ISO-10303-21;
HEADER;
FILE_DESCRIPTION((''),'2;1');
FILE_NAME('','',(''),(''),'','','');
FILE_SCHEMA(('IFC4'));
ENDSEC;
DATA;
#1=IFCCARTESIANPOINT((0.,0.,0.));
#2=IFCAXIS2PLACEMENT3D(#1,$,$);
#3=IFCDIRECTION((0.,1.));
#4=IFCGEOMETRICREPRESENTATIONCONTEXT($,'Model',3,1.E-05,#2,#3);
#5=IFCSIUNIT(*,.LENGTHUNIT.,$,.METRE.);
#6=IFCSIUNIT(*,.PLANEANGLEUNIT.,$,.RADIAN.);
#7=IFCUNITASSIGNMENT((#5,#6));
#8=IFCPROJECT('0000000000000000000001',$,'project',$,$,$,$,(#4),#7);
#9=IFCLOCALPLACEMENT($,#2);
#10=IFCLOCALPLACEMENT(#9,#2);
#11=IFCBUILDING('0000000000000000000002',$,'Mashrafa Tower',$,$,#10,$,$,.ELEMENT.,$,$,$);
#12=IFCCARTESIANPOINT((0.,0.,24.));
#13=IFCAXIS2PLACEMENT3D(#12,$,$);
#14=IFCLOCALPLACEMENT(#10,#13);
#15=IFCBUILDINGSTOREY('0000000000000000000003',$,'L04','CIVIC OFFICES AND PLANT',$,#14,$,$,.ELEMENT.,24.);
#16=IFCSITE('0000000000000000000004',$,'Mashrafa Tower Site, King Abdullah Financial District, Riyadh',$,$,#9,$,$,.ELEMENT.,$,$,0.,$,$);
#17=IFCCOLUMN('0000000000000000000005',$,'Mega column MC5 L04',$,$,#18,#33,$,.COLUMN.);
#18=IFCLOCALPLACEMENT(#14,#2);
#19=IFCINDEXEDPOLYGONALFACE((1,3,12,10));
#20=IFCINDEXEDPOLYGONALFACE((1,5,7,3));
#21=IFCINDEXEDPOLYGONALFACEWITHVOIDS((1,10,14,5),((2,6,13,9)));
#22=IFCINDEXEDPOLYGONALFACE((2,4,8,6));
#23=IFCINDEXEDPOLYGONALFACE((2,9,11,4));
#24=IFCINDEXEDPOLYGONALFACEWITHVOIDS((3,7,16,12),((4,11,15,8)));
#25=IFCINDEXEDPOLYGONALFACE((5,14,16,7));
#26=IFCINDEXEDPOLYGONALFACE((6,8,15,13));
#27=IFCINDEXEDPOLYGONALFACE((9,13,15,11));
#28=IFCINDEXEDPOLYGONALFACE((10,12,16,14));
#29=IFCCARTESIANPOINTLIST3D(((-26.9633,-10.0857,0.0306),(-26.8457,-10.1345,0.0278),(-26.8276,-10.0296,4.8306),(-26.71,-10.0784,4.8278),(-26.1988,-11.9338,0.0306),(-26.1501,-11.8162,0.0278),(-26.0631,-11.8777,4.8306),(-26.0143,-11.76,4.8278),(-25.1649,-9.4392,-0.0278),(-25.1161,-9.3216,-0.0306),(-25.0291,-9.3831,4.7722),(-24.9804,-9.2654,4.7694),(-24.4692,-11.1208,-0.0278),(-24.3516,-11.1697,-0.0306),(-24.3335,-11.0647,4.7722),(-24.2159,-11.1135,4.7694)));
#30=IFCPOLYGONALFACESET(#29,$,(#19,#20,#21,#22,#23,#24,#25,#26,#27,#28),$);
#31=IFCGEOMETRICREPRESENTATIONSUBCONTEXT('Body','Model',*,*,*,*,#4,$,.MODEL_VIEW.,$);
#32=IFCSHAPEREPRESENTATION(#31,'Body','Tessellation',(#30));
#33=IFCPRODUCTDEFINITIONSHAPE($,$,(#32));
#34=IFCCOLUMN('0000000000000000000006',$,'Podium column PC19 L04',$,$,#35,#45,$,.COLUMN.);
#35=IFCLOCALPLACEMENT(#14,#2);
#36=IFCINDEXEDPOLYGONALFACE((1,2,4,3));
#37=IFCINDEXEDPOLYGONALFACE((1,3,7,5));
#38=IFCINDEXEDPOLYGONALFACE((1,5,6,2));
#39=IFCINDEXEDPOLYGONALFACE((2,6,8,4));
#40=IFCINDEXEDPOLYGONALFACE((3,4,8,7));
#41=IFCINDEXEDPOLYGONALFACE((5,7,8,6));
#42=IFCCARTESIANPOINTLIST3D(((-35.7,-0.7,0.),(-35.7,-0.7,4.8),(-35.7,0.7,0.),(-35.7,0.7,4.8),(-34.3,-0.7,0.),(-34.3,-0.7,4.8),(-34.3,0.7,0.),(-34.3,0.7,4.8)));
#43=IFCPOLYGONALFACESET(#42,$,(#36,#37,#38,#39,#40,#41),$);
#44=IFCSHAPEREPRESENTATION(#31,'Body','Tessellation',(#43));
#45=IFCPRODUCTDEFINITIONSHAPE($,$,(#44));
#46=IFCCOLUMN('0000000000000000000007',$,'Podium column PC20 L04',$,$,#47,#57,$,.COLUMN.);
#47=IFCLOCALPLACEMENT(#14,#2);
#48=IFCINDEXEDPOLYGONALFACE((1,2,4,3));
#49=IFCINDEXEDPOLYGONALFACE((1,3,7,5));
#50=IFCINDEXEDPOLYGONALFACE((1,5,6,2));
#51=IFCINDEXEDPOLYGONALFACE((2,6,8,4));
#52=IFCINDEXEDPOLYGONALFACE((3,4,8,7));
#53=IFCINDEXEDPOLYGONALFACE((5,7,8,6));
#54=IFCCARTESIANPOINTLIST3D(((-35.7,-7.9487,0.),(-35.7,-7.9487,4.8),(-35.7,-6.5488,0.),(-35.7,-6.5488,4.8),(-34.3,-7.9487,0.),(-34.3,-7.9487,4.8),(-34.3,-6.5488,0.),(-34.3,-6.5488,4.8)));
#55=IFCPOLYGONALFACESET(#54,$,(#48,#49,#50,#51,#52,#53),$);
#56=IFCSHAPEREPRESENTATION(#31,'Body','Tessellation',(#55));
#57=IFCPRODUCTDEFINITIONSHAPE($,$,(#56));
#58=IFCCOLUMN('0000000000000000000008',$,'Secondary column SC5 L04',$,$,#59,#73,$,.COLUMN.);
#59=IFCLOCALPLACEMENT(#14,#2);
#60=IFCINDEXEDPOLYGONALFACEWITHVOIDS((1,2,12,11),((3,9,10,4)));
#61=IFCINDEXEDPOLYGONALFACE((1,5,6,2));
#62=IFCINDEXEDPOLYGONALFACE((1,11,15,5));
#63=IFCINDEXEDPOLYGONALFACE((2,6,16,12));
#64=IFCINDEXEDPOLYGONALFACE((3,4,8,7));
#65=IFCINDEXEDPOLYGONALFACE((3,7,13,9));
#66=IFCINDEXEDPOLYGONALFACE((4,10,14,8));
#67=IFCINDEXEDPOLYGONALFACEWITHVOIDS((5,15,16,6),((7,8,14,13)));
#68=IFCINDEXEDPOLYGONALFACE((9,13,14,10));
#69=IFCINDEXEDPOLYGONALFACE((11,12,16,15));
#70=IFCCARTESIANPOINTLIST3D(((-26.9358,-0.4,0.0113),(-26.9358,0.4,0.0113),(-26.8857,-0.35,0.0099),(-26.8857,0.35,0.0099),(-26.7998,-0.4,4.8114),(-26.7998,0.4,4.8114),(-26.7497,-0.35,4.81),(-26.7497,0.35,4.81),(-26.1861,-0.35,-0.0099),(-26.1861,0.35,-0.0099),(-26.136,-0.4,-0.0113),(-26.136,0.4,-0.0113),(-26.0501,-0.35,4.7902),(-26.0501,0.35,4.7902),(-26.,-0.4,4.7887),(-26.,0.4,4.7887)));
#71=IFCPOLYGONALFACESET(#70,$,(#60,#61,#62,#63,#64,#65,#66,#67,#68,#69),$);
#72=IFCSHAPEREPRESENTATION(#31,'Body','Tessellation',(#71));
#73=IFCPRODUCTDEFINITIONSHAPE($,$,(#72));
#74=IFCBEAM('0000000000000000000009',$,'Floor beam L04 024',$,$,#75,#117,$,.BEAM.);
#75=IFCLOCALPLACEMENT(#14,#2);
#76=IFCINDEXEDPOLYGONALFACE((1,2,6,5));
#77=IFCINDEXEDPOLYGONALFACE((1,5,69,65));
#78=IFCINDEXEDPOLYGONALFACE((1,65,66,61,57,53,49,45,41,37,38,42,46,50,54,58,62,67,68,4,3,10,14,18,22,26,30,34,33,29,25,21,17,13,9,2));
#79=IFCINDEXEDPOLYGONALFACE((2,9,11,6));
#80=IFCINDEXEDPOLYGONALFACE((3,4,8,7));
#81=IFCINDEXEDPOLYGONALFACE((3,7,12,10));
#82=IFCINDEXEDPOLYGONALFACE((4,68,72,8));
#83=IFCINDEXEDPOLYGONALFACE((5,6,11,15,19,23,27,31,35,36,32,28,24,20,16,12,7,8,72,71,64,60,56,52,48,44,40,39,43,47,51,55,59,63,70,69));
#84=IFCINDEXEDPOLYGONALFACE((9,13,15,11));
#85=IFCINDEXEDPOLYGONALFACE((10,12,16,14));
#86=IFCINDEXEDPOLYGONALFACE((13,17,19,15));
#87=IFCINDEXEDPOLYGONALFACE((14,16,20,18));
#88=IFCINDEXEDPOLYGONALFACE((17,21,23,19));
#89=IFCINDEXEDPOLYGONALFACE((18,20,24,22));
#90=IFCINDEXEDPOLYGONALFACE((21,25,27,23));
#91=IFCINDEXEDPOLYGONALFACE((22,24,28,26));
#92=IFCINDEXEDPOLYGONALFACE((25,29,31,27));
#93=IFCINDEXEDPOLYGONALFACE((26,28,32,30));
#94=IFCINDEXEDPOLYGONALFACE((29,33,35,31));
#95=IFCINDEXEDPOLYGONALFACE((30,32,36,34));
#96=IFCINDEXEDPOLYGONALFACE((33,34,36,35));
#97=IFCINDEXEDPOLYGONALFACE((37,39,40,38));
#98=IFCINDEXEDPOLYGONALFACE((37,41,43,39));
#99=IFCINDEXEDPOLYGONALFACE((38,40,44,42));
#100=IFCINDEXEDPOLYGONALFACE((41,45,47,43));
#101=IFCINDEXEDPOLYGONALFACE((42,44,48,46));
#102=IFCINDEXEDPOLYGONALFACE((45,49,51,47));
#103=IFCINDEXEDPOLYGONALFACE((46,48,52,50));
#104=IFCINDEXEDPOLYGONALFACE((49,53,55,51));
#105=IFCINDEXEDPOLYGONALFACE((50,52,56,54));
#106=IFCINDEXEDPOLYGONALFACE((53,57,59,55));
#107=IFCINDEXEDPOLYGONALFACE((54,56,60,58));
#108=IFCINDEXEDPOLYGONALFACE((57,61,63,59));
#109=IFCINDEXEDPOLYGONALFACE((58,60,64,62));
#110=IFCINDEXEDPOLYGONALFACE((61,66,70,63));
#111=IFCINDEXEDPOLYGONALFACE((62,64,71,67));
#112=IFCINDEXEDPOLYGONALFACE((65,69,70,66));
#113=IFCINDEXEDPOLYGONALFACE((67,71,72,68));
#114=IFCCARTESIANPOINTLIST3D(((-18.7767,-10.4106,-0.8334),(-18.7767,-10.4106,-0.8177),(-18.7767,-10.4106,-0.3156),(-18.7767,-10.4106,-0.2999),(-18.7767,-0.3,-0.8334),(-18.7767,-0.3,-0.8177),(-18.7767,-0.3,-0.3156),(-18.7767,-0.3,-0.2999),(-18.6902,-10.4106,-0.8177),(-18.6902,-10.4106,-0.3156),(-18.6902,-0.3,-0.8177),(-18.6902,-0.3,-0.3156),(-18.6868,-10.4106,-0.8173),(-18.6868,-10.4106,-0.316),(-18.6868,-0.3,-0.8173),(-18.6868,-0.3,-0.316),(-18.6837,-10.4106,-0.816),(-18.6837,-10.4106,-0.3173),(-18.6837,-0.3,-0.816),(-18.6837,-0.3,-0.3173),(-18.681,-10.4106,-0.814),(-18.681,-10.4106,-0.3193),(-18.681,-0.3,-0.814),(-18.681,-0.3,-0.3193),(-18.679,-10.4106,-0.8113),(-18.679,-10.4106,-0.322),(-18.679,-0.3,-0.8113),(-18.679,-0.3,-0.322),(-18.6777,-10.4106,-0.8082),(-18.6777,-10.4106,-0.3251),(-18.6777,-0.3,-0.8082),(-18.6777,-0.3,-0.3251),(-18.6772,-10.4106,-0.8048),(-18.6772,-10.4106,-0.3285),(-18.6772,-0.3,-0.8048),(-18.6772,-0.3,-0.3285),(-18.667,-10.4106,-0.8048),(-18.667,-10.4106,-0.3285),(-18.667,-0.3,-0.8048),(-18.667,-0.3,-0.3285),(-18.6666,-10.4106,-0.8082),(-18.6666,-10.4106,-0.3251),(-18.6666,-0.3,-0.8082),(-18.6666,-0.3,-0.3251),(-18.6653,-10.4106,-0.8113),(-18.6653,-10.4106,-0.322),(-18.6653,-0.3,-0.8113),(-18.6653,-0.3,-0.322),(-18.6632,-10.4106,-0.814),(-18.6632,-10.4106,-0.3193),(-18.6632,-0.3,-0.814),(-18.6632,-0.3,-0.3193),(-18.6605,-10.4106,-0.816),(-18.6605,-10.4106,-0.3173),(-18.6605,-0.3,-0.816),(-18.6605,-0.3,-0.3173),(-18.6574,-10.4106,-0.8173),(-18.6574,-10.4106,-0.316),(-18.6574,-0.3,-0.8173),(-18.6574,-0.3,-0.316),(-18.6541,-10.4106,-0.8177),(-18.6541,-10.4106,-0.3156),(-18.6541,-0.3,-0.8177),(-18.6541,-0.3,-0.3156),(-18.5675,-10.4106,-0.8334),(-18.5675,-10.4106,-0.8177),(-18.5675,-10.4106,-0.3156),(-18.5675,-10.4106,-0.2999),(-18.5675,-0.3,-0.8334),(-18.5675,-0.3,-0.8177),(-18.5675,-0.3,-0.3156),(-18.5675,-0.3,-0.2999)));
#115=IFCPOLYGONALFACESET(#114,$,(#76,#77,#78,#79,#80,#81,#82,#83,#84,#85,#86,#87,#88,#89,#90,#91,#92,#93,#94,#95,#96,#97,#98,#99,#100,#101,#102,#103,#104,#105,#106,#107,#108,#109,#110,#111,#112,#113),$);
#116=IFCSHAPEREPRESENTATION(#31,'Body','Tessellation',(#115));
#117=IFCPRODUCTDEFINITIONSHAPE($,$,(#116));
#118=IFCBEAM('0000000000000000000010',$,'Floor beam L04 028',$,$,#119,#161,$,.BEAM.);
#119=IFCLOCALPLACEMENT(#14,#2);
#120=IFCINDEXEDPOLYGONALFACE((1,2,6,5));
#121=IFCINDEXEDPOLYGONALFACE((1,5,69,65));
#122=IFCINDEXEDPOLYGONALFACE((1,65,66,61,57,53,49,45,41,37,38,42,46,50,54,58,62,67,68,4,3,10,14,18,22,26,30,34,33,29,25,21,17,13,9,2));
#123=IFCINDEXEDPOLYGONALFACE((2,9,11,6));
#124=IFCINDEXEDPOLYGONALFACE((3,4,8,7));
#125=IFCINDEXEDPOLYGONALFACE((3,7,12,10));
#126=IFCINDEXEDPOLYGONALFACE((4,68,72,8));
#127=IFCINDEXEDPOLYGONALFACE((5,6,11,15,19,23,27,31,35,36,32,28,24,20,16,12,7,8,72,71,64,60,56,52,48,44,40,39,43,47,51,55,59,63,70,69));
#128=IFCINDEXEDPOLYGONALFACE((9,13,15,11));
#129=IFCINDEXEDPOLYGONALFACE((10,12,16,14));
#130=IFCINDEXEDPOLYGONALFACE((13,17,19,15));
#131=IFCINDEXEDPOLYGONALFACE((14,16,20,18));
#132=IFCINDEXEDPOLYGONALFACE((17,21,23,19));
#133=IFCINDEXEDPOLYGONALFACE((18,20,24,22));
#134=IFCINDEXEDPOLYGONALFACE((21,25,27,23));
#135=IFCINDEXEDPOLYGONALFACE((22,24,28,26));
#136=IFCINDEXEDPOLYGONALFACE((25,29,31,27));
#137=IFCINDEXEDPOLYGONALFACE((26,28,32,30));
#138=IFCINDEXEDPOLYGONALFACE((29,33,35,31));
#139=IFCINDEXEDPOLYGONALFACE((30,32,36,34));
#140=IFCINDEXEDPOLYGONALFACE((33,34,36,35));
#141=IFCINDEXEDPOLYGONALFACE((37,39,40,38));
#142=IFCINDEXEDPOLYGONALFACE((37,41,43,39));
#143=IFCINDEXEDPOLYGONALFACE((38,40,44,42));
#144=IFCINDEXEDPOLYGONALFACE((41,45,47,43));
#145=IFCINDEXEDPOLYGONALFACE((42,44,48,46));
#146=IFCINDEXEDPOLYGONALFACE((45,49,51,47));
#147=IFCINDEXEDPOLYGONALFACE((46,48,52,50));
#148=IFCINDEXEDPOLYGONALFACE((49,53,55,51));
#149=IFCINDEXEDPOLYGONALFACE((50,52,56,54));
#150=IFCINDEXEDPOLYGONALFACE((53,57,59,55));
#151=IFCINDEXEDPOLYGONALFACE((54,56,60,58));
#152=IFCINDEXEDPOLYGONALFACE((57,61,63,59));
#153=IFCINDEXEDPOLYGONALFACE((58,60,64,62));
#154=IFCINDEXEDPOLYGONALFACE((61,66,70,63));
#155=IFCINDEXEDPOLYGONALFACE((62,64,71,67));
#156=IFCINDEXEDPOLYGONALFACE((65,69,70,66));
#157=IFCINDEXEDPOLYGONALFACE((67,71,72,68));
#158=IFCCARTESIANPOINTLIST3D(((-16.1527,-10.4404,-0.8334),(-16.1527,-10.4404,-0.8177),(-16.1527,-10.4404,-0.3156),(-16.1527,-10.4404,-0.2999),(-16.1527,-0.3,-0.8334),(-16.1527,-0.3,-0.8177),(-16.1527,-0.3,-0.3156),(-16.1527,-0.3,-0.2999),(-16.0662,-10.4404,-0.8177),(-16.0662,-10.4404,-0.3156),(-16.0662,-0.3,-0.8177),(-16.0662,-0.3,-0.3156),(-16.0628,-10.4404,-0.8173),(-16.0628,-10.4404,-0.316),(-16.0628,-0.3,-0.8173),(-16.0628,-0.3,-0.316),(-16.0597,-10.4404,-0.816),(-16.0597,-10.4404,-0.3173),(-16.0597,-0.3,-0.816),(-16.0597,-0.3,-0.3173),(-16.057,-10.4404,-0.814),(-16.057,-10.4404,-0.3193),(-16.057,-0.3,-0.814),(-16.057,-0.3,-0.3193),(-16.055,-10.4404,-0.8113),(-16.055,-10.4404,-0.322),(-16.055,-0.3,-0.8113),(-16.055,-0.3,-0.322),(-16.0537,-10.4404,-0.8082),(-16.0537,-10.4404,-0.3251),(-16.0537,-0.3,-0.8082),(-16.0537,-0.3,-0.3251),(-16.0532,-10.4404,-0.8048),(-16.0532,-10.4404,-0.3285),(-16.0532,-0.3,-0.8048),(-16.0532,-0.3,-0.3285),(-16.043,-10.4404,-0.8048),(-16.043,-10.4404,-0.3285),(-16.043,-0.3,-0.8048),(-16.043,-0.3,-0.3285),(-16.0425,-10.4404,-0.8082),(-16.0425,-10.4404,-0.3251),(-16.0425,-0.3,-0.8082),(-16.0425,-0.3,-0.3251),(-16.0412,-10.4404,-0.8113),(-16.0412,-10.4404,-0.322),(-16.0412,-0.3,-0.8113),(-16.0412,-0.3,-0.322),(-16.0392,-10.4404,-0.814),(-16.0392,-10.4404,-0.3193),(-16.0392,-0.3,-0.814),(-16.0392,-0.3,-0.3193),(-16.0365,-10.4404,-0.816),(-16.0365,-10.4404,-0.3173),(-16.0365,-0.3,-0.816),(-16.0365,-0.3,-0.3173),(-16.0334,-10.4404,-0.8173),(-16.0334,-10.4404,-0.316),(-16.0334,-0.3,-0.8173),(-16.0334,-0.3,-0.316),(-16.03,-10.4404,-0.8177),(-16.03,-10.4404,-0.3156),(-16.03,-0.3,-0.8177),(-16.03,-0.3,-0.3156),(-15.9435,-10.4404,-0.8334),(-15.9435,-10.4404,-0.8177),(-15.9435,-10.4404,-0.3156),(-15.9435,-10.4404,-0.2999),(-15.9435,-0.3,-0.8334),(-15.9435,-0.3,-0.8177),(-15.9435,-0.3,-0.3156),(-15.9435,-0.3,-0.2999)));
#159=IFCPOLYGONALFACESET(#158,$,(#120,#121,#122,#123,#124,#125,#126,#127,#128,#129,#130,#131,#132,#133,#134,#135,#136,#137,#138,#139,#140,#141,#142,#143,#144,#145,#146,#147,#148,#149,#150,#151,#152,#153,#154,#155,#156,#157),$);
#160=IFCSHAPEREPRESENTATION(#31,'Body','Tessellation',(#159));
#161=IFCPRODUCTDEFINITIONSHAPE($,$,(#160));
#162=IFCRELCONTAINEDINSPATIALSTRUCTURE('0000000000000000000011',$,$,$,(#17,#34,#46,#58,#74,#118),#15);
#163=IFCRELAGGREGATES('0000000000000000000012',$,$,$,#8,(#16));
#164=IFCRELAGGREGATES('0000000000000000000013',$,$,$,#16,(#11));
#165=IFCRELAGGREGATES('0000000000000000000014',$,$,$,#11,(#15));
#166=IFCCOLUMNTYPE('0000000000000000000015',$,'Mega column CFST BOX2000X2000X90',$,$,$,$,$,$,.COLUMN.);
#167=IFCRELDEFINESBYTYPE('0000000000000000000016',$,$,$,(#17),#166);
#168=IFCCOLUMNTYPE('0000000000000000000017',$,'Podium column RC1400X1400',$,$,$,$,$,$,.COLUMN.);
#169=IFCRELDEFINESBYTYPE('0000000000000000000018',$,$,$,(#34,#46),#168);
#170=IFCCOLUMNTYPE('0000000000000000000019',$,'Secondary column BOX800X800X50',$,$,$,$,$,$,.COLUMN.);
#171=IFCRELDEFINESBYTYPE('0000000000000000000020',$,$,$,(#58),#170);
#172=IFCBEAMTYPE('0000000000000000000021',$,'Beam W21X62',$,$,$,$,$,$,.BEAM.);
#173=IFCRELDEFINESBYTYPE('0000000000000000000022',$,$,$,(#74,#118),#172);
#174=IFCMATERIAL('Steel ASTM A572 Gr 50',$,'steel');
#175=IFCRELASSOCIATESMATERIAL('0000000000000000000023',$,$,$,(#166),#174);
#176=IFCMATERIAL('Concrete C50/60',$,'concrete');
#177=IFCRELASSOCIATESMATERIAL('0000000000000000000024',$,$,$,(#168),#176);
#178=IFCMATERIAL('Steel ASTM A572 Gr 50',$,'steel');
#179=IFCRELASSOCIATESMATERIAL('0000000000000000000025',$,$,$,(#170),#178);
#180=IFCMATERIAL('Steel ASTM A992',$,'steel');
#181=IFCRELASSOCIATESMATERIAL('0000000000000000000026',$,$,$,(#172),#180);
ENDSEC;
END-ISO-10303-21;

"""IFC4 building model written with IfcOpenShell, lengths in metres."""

from ifc_helpers import new_model, si_unit, direction, frame, origin, origin_2d, place, context, subcontext, project, spatial, rectangle, hollow_rectangle, i_section, extrude, material, material_profile, profile_set, type_object, element, save


model = new_model("IFC4")

# Units and contexts
model_context = context("Model", 3, precision=1e-05, world=origin(), true_north=direction((0.0, 1.0)))
body_context = subcontext(model_context, "Body", "Model", "MODEL_VIEW")
ifc_project = project(units=[si_unit("LENGTHUNIT", "METRE"), si_unit("PLANEANGLEUNIT", "RADIAN")], contexts=[model_context])

# Site, building, storey
site_placement = place(None, origin())
site = spatial("IfcSite", under=ifc_project, at=site_placement, Name="Mashrafa Tower Site, King Abdullah Financial District, Riyadh", CompositionType="ELEMENT", RefElevation=0.0)
building_placement = place(site_placement, origin())
building = spatial("IfcBuilding", under=site, at=building_placement, Name="Mashrafa Tower", CompositionType="ELEMENT")
storey_placement = place(building_placement, frame((0.0, 0.0, 24.0)))
storey = spatial("IfcBuildingStorey", under=building, at=storey_placement, Name="L04", Description="CIVIC OFFICES AND PLANT", CompositionType="ELEMENT", Elevation=24.0)

# Columns
ifc_material_1 = material(Name="Steel ASTM A572 Gr 50", Category="steel")
ifc_material_profile_1 = material_profile(ifc_material_1, hollow_rectangle(XDim=2.0, YDim=2.0, WallThickness=0.0901, at=origin_2d()), Name="BOX2000X2000X90")
ifc_profile_set_1 = profile_set([ifc_material_profile_1], Name="Steel ASTM A572 Gr 50")
column_type_1 = type_object("IfcColumnType", Name="Mega column CFST BOX2000X2000X90", PredefinedType="COLUMN", material=ifc_profile_set_1)
column_1_placement = place(storey_placement, frame((-25.6575, -10.6277, 0.0), z_axis=(0.028266, 0.011693, 0.999532), x_axis=(-0.382254, 0.924057, 0.0)))
element("IfcColumn", 1, at=column_1_placement, inside=storey, type_object=column_type_1, Name="Mega column MC5 L04", PredefinedType="COLUMN", context=body_context, shape_type="SweptSolid", body=[
    extrude(hollow_rectangle(XDim=2.0, YDim=2.0, WallThickness=0.0901, at=origin_2d()), origin(), (0.0, 0.0, 1.0), 4.8022),
])
ifc_material_2 = material(Name="Concrete C50/60", Category="concrete")
ifc_material_profile_2 = material_profile(ifc_material_2, rectangle(XDim=1.3999, YDim=1.3999, at=origin_2d()), Name="RC1400X1400")
ifc_profile_set_2 = profile_set([ifc_material_profile_2], Name="Concrete C50/60")
column_type_2 = type_object("IfcColumnType", Name="Podium column RC1400X1400", PredefinedType="COLUMN", material=ifc_profile_set_2)
for number, where, z_axis, x_axis, name in (
    (2, (-35.0, 0.0, 0.0), (0.0, 0.0, 1.0), (1.0, 0.0, 0.0), "Podium column PC19 L04"),
    (3, (-35.0, -7.2488, 0.0), (0.0, 0.0, 1.0), (1.0, 0.0, 0.0), "Podium column PC20 L04"),
):
    element("IfcColumn", number, at=place(storey_placement, frame(where, z_axis=z_axis, x_axis=x_axis)), inside=storey, type_object=column_type_2, Name=name, PredefinedType="COLUMN", context=body_context, shape_type="SweptSolid", body=[
        extrude(rectangle(XDim=1.3999, YDim=1.3999, at=origin_2d()), origin(), (0.0, 0.0, 1.0), 4.8),
    ])
ifc_material_3 = material(Name="Steel ASTM A572 Gr 50", Category="steel")
ifc_material_profile_3 = material_profile(ifc_material_3, hollow_rectangle(XDim=0.8, YDim=0.8, WallThickness=0.05, at=origin_2d()), Name="BOX800X800X50")
ifc_profile_set_3 = profile_set([ifc_material_profile_3], Name="Steel ASTM A572 Gr 50")
column_type_3 = type_object("IfcColumnType", Name="Secondary column BOX800X800X50", PredefinedType="COLUMN", material=ifc_profile_set_3)
column_2_placement = place(storey_placement, frame((-26.5359, 0.0, 0.0), z_axis=(0.028319, 0.0, 0.999599), x_axis=(0.0, 1.0, 0.0)))
element("IfcColumn", 4, at=column_2_placement, inside=storey, type_object=column_type_3, Name="Secondary column SC5 L04", PredefinedType="COLUMN", context=body_context, shape_type="SweptSolid", body=[
    extrude(hollow_rectangle(XDim=0.8, YDim=0.8, WallThickness=0.05, at=origin_2d()), origin(), (0.0, 0.0, 1.0), 4.802),
])

# Beams
ifc_material_4 = material(Name="Steel ASTM A992", Category="steel")
ifc_material_profile_4 = material_profile(ifc_material_4, i_section(OverallWidth=0.2092, OverallDepth=0.5334, WebThickness=0.0103, FlangeThickness=0.0156, FilletRadius=0.0129, at=origin_2d()), Name="W21X62")
ifc_profile_set_4 = profile_set([ifc_material_profile_4], Name="Steel ASTM A992")
beam_type_1 = type_object("IfcBeamType", Name="Beam W21X62", PredefinedType="BEAM", material=ifc_profile_set_4)
beam_1_placement = place(storey_placement, frame((-18.6721, -10.4106, -0.5667), z_axis=(0.0, 1.0, 0.0), x_axis=(-1.0, 0.0, 0.0)))
element("IfcBeam", 5, at=beam_1_placement, inside=storey, type_object=beam_type_1, Name="Floor beam L04 024", PredefinedType="BEAM", context=body_context, shape_type="SweptSolid", body=[
    extrude(i_section(OverallWidth=0.2092, OverallDepth=0.5334, WebThickness=0.0103, FlangeThickness=0.0156, FilletRadius=0.0129, at=origin_2d()), origin(), (0.0, 0.0, 1.0), 10.1106),
])
beam_2_placement = place(storey_placement, frame((-16.0481, -10.4404, -0.5667), z_axis=(0.0, 1.0, 0.0), x_axis=(-1.0, 0.0, 0.0)))
element("IfcBeam", 6, at=beam_2_placement, inside=storey, type_object=beam_type_1, Name="Floor beam L04 028", PredefinedType="BEAM", context=body_context, shape_type="SweptSolid", body=[
    extrude(i_section(OverallWidth=0.2092, OverallDepth=0.5334, WebThickness=0.0103, FlangeThickness=0.0156, FilletRadius=0.0129, at=origin_2d()), origin(), (0.0, 0.0, 1.0), 10.1404),
])

save(model, "model.ifc")
